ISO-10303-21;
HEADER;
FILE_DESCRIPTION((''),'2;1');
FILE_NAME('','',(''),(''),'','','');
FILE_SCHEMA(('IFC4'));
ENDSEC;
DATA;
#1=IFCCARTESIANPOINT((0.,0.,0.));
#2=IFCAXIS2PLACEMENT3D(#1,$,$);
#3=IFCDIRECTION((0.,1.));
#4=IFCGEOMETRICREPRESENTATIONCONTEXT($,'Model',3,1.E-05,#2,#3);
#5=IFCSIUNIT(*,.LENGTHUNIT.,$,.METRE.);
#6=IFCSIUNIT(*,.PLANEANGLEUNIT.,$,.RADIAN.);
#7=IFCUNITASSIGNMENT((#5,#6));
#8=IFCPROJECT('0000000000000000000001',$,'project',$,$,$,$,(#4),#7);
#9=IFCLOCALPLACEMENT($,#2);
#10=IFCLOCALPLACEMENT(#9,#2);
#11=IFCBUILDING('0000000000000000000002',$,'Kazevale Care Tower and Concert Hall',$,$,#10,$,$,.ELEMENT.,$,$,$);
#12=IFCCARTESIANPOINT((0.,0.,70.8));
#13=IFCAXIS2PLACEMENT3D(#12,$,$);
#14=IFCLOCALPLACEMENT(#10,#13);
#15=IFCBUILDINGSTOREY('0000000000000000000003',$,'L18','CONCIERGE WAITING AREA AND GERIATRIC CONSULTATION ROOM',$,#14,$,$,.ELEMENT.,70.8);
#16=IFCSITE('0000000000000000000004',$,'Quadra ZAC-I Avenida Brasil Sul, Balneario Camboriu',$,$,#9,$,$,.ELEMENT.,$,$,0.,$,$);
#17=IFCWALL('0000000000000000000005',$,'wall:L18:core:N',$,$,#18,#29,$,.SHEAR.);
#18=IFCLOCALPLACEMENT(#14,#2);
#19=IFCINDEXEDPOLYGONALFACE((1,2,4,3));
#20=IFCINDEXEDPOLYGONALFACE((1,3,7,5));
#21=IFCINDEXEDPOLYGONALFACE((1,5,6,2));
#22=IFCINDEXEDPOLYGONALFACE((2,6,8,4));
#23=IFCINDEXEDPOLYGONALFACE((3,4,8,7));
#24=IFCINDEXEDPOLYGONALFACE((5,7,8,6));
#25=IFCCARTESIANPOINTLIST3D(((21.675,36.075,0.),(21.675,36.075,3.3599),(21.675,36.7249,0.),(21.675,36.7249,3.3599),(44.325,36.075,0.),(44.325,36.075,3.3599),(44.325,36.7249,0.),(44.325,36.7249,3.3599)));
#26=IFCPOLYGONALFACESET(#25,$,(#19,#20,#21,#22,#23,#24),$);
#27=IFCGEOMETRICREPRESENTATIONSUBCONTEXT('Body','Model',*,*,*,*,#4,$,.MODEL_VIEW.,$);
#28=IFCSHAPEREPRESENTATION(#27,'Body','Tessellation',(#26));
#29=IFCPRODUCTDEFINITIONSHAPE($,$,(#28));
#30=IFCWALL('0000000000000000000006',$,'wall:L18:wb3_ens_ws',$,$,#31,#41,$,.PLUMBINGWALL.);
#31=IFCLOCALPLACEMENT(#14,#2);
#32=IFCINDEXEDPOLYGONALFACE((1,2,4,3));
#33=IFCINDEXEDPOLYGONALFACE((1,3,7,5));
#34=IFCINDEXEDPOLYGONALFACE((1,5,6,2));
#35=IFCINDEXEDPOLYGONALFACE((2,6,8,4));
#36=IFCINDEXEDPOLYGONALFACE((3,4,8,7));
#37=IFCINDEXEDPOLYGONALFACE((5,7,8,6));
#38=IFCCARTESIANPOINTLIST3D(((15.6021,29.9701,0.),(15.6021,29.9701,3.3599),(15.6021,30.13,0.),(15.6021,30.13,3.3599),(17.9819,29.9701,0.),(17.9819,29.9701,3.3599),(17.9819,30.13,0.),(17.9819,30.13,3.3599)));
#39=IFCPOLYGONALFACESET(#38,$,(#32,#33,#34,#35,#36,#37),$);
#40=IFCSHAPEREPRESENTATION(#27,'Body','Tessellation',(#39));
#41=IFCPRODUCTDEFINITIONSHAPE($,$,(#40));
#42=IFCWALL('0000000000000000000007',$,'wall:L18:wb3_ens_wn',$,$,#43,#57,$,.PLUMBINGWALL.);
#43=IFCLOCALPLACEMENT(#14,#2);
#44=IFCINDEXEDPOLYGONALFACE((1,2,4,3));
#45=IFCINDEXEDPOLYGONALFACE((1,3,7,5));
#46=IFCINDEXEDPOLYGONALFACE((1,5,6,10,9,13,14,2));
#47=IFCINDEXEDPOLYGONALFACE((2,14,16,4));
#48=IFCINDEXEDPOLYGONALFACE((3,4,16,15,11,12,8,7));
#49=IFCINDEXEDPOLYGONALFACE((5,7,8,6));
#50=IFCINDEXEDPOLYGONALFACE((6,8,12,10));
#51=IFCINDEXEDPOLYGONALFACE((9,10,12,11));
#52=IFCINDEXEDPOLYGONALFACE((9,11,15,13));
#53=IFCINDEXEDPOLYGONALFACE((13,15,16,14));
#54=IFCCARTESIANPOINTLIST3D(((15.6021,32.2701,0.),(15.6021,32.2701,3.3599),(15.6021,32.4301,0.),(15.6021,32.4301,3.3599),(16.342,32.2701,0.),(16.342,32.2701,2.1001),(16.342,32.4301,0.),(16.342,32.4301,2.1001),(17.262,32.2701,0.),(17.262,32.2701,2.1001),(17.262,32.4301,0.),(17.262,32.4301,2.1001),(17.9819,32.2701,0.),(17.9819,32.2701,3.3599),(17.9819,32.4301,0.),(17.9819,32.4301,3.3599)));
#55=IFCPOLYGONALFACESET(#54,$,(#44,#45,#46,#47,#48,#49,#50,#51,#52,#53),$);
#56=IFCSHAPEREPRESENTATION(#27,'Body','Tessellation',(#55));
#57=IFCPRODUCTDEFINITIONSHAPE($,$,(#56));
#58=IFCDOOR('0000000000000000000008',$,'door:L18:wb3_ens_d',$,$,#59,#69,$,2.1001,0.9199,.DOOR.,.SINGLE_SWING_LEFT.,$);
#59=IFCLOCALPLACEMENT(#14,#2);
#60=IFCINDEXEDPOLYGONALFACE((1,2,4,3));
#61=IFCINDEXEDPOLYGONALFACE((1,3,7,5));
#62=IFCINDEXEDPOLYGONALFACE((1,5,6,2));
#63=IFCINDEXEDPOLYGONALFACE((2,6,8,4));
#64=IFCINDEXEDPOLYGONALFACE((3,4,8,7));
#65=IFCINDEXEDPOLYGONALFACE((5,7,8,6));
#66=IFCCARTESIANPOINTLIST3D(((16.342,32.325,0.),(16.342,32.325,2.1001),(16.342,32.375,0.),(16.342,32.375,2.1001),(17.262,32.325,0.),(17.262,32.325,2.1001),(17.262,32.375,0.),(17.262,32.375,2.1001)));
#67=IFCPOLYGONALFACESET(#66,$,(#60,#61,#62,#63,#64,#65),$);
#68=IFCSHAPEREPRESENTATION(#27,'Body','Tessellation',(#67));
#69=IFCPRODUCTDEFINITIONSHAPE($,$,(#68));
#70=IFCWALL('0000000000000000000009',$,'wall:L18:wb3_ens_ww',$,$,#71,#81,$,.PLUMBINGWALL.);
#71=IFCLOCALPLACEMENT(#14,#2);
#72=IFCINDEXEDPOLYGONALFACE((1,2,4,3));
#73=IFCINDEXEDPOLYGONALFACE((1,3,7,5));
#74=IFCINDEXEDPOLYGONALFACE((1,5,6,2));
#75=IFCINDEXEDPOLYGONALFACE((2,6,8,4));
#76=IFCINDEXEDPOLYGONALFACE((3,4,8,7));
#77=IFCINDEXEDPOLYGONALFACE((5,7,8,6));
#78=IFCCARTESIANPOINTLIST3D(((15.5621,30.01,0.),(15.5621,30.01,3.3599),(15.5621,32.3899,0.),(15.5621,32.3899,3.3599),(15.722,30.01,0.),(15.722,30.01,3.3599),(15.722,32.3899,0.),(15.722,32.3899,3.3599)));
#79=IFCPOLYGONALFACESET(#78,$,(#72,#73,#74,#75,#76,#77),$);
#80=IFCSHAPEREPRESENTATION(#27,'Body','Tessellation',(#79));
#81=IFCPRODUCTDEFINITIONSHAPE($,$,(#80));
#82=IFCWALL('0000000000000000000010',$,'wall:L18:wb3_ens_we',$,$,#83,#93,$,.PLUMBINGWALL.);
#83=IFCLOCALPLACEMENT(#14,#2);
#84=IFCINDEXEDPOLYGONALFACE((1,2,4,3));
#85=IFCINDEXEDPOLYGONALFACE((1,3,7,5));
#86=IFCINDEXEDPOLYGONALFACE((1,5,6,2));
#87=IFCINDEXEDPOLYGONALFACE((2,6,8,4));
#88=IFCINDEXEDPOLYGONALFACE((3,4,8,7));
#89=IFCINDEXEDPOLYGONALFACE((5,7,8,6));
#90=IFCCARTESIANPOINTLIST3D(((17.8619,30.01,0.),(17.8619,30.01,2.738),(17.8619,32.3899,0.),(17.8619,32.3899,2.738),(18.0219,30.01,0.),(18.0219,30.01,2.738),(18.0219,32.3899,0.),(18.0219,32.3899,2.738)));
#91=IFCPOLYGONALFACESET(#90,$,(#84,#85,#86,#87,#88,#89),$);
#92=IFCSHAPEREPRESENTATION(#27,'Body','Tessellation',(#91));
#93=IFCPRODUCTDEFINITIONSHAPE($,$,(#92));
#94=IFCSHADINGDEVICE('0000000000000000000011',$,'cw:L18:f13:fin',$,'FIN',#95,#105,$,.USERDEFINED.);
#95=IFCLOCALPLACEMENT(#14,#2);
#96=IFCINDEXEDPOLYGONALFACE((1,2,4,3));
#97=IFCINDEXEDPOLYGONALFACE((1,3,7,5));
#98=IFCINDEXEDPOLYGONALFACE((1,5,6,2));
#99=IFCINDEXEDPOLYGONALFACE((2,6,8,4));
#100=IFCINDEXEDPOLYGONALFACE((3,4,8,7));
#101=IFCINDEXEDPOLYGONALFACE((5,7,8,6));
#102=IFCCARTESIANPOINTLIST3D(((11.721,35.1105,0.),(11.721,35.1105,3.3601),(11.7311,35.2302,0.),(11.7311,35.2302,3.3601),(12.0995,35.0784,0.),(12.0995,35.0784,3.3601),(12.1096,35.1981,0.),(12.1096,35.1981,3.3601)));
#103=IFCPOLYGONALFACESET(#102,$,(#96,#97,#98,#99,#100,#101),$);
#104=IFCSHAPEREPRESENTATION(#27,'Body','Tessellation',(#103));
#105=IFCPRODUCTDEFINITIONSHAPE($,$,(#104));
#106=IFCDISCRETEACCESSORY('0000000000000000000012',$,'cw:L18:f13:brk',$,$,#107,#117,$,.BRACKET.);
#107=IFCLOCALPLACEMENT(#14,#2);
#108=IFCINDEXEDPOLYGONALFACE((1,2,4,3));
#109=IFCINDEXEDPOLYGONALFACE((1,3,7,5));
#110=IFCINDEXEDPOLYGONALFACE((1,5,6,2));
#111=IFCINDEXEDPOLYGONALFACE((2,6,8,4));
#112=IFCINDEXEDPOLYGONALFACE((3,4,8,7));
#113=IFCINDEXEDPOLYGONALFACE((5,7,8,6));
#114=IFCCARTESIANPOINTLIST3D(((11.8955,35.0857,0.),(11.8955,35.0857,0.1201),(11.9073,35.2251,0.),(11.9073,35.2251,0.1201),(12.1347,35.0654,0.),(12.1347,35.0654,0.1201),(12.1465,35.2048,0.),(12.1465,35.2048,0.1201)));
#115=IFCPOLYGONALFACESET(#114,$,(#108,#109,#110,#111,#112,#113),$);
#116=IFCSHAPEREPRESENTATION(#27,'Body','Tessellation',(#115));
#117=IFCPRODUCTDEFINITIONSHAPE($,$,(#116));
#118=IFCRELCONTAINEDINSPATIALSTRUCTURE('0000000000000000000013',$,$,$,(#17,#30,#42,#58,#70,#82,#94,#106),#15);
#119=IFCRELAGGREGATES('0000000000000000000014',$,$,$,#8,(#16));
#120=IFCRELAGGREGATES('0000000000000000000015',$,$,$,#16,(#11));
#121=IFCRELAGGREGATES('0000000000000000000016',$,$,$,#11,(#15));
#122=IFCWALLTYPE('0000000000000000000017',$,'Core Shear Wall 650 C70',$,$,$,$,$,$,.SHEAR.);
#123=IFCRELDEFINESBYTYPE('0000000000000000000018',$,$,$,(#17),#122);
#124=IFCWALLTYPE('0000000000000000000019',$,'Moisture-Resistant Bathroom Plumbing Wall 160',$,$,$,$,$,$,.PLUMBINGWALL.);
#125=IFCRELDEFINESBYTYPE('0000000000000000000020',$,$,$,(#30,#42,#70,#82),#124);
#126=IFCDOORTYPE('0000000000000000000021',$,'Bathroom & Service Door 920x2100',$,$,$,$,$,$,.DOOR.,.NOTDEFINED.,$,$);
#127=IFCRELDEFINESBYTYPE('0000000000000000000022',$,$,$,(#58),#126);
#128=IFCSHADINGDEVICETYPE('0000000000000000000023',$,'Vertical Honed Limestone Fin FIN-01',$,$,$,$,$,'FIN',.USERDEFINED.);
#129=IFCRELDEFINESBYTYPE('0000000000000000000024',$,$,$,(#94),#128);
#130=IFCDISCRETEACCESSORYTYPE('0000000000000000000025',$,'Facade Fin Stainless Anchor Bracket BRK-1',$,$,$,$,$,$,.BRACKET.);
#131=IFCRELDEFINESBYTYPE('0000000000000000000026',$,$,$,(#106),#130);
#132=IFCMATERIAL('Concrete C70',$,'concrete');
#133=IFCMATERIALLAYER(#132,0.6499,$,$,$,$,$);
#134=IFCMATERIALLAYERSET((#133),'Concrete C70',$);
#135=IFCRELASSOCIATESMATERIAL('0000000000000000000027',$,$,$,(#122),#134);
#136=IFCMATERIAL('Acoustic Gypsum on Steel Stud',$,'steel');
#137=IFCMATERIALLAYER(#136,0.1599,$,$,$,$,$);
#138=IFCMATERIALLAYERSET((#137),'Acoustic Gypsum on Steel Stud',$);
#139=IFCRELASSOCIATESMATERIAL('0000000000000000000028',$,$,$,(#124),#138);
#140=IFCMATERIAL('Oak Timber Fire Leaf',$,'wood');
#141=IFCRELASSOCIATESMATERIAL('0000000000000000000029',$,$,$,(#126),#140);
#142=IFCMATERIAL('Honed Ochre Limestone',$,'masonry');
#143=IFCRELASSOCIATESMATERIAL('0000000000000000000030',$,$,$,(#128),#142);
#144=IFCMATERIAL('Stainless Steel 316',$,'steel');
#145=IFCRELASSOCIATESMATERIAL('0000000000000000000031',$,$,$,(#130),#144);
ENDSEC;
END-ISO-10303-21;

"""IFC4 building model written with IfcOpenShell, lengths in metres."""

from ifc_helpers import new_model, si_unit, direction, frame, frame_2d, origin, origin_2d, place, context, subcontext, project, spatial, rectangle, extrude, material, layer, layer_set, type_object, element, fill, save


model = new_model("IFC4")

# Units and contexts
model_context = context("Model", 3, precision=1e-05, world=origin(), true_north=direction((0.0, 1.0)))
body_context = subcontext(model_context, "Body", "Model", "MODEL_VIEW")
ifc_project = project(units=[si_unit("LENGTHUNIT", "METRE"), si_unit("PLANEANGLEUNIT", "RADIAN")], contexts=[model_context])

# Site, building, storey
site_placement = place(None, origin())
site = spatial("IfcSite", under=ifc_project, at=site_placement, Name="Quadra ZAC-I Avenida Brasil Sul, Balneario Camboriu", CompositionType="ELEMENT", RefElevation=0.0)
building_placement = place(site_placement, origin())
building = spatial("IfcBuilding", under=site, at=building_placement, Name="Kazevale Care Tower and Concert Hall", CompositionType="ELEMENT")
storey_placement = place(building_placement, frame((0.0, 0.0, 70.8)))
storey = spatial("IfcBuildingStorey", under=building, at=storey_placement, Name="L18", Description="CONCIERGE WAITING AREA AND GERIATRIC CONSULTATION ROOM", CompositionType="ELEMENT", Elevation=70.8)

# Shared definitions
ifc_material_1 = material(Name="Concrete C70", Category="concrete")

# Walls
ifc_layer_1 = layer(ifc_material_1, 0.6499)
ifc_layer_set_1 = layer_set([ifc_layer_1], Name="Concrete C70")
wall_type_1 = type_object("IfcWallType", Name="Core Shear Wall 650 C70", PredefinedType="SHEAR", material=ifc_layer_set_1)
wall_1_placement = place(storey_placement, frame((21.675, 36.3999, 0.0), z_axis=(0.0, 0.0, 1.0), x_axis=(1.0, 0.0, 0.0)))
element("IfcWall", 1, at=wall_1_placement, inside=storey, type_object=wall_type_1, Name="wall:L18:core:N", PredefinedType="SHEAR", context=body_context, shape_type="SweptSolid", body=[
    extrude(rectangle(XDim=22.6499, YDim=0.6499, at=frame_2d((11.325, 0.0))), origin(), (0.0, 0.0, 1.0), 3.3599),
])
ifc_material_2 = material(Name="Acoustic Gypsum on Steel Stud", Category="steel")
ifc_layer_2 = layer(ifc_material_2, 0.1599)
ifc_layer_set_2 = layer_set([ifc_layer_2], Name="Acoustic Gypsum on Steel Stud")
wall_type_2 = type_object("IfcWallType", Name="Moisture-Resistant Bathroom Plumbing Wall 160", PredefinedType="PLUMBINGWALL", material=ifc_layer_set_2)
wall_2_placement = place(storey_placement, frame((15.6021, 30.05, 0.0), z_axis=(0.0, 0.0, 1.0), x_axis=(1.0, 0.0, 0.0)))
element("IfcWall", 2, at=wall_2_placement, inside=storey, type_object=wall_type_2, Name="wall:L18:wb3_ens_ws", PredefinedType="PLUMBINGWALL", context=body_context, shape_type="SweptSolid", body=[
    extrude(rectangle(XDim=2.3799, YDim=0.1599, at=frame_2d((1.1899, 0.0))), origin(), (0.0, 0.0, 1.0), 3.3599),
])

# Wall, opening, door
wall_3_placement = place(storey_placement, frame((15.6021, 32.3501, 0.0), z_axis=(0.0, 0.0, 1.0), x_axis=(1.0, 0.0, 0.0)))
wall_3 = element("IfcWall", 3, at=wall_3_placement, inside=storey, type_object=wall_type_2, Name="wall:L18:wb3_ens_wn", PredefinedType="PLUMBINGWALL", context=body_context, shape_type="SweptSolid", body=[
    extrude(rectangle(XDim=2.3799, YDim=0.1599, at=frame_2d((1.1899, 0.0))), origin(), (0.0, 0.0, 1.0), 3.3599),
])
opening_placement = place(wall_3_placement, frame((0.74, 0.0, 0.0)))
opening = element("IfcOpeningElement", 4, at=opening_placement, cuts=wall_3, PredefinedType="OPENING", context=body_context, shape_type="SweptSolid", body=[
    extrude(rectangle(XDim=0.9199, YDim=2.1001, at=frame_2d((0.46, 1.05))), frame((0.0, 0.0898, 0.0), z_axis=(0.0, -1.0, 0.0), x_axis=(1.0, 0.0, 0.0)), (0.0, 0.0, 1.0), 0.1799),
])
ifc_material_3 = material(Name="Oak Timber Fire Leaf", Category="wood")
door_type = type_object("IfcDoorType", Name="Bathroom & Service Door 920x2100", OperationType="NOTDEFINED", PredefinedType="DOOR", material=ifc_material_3)
door_placement = place(opening_placement, origin())
door = element("IfcDoor", 5, at=door_placement, inside=storey, type_object=door_type, Name="door:L18:wb3_ens_d", OperationType="SINGLE_SWING_LEFT", OverallHeight=2.1001, OverallWidth=0.9199, PredefinedType="DOOR", context=body_context, shape_type="SweptSolid", body=[
    extrude(rectangle(XDim=0.9199, YDim=2.1001, at=frame_2d((0.46, 1.05))), frame((0.0, 0.0249, 0.0), z_axis=(0.0, -1.0, 0.0), x_axis=(1.0, 0.0, 0.0)), (0.0, 0.0, 1.0), 0.05),
])
fill(opening, door)

# Walls
wall_4_placement = place(storey_placement, frame((15.6421, 30.01, 0.0), z_axis=(0.0, 0.0, 1.0), x_axis=(0.0, 1.0, 0.0)))
element("IfcWall", 6, at=wall_4_placement, inside=storey, type_object=wall_type_2, Name="wall:L18:wb3_ens_ww", PredefinedType="PLUMBINGWALL", context=body_context, shape_type="SweptSolid", body=[
    extrude(rectangle(XDim=2.3799, YDim=0.1599, at=frame_2d((1.1899, 0.0))), origin(), (0.0, 0.0, 1.0), 3.3599),
])
wall_5_placement = place(storey_placement, frame((17.9419, 30.01, 0.0), z_axis=(0.0, 0.0, 1.0), x_axis=(0.0, 1.0, 0.0)))
element("IfcWall", 7, at=wall_5_placement, inside=storey, type_object=wall_type_2, Name="wall:L18:wb3_ens_we", PredefinedType="PLUMBINGWALL", context=body_context, shape_type="SweptSolid", body=[
    extrude(rectangle(XDim=2.3799, YDim=0.1599, at=frame_2d((1.1899, 0.0))), origin(), (0.0, 0.0, 1.0), 2.738),
])

# Shading device
ifc_material_4 = material(Name="Honed Ochre Limestone", Category="masonry")
shading_device_type = type_object("IfcShadingDeviceType", Name="Vertical Honed Limestone Fin FIN-01", ElementType="FIN", PredefinedType="USERDEFINED", material=ifc_material_4)
shading_device_placement = place(storey_placement, frame((11.9153, 35.1543, 0.0), z_axis=(0.0, 0.0, 1.0), x_axis=(-0.996434, 0.084374, 0.0)))
element("IfcShadingDevice", 8, at=shading_device_placement, inside=storey, type_object=shading_device_type, Name="cw:L18:f13:fin", ObjectType="FIN", PredefinedType="USERDEFINED", context=body_context, shape_type="SweptSolid", body=[
    extrude(rectangle(XDim=0.3799, YDim=0.1201, at=origin_2d()), origin(), (0.0, 0.0, 1.0), 3.3601),
])

# Discrete accessory
ifc_material_5 = material(Name="Stainless Steel 316", Category="steel")
discrete_accessory_type = type_object("IfcDiscreteAccessoryType", Name="Facade Fin Stainless Anchor Bracket BRK-1", PredefinedType="BRACKET", material=ifc_material_5)
discrete_accessory_placement = place(storey_placement, frame((12.021, 35.1453, 0.0), z_axis=(0.0, 0.0, 1.0), x_axis=(-0.996434, 0.084374, 0.0)))
element("IfcDiscreteAccessory", 9, at=discrete_accessory_placement, inside=storey, type_object=discrete_accessory_type, Name="cw:L18:f13:brk", PredefinedType="BRACKET", context=body_context, shape_type="SweptSolid", body=[
    extrude(rectangle(XDim=0.24, YDim=0.1399, at=origin_2d()), origin(), (0.0, 0.0, 1.0), 0.1201),
])

save(model, "model.ifc")
